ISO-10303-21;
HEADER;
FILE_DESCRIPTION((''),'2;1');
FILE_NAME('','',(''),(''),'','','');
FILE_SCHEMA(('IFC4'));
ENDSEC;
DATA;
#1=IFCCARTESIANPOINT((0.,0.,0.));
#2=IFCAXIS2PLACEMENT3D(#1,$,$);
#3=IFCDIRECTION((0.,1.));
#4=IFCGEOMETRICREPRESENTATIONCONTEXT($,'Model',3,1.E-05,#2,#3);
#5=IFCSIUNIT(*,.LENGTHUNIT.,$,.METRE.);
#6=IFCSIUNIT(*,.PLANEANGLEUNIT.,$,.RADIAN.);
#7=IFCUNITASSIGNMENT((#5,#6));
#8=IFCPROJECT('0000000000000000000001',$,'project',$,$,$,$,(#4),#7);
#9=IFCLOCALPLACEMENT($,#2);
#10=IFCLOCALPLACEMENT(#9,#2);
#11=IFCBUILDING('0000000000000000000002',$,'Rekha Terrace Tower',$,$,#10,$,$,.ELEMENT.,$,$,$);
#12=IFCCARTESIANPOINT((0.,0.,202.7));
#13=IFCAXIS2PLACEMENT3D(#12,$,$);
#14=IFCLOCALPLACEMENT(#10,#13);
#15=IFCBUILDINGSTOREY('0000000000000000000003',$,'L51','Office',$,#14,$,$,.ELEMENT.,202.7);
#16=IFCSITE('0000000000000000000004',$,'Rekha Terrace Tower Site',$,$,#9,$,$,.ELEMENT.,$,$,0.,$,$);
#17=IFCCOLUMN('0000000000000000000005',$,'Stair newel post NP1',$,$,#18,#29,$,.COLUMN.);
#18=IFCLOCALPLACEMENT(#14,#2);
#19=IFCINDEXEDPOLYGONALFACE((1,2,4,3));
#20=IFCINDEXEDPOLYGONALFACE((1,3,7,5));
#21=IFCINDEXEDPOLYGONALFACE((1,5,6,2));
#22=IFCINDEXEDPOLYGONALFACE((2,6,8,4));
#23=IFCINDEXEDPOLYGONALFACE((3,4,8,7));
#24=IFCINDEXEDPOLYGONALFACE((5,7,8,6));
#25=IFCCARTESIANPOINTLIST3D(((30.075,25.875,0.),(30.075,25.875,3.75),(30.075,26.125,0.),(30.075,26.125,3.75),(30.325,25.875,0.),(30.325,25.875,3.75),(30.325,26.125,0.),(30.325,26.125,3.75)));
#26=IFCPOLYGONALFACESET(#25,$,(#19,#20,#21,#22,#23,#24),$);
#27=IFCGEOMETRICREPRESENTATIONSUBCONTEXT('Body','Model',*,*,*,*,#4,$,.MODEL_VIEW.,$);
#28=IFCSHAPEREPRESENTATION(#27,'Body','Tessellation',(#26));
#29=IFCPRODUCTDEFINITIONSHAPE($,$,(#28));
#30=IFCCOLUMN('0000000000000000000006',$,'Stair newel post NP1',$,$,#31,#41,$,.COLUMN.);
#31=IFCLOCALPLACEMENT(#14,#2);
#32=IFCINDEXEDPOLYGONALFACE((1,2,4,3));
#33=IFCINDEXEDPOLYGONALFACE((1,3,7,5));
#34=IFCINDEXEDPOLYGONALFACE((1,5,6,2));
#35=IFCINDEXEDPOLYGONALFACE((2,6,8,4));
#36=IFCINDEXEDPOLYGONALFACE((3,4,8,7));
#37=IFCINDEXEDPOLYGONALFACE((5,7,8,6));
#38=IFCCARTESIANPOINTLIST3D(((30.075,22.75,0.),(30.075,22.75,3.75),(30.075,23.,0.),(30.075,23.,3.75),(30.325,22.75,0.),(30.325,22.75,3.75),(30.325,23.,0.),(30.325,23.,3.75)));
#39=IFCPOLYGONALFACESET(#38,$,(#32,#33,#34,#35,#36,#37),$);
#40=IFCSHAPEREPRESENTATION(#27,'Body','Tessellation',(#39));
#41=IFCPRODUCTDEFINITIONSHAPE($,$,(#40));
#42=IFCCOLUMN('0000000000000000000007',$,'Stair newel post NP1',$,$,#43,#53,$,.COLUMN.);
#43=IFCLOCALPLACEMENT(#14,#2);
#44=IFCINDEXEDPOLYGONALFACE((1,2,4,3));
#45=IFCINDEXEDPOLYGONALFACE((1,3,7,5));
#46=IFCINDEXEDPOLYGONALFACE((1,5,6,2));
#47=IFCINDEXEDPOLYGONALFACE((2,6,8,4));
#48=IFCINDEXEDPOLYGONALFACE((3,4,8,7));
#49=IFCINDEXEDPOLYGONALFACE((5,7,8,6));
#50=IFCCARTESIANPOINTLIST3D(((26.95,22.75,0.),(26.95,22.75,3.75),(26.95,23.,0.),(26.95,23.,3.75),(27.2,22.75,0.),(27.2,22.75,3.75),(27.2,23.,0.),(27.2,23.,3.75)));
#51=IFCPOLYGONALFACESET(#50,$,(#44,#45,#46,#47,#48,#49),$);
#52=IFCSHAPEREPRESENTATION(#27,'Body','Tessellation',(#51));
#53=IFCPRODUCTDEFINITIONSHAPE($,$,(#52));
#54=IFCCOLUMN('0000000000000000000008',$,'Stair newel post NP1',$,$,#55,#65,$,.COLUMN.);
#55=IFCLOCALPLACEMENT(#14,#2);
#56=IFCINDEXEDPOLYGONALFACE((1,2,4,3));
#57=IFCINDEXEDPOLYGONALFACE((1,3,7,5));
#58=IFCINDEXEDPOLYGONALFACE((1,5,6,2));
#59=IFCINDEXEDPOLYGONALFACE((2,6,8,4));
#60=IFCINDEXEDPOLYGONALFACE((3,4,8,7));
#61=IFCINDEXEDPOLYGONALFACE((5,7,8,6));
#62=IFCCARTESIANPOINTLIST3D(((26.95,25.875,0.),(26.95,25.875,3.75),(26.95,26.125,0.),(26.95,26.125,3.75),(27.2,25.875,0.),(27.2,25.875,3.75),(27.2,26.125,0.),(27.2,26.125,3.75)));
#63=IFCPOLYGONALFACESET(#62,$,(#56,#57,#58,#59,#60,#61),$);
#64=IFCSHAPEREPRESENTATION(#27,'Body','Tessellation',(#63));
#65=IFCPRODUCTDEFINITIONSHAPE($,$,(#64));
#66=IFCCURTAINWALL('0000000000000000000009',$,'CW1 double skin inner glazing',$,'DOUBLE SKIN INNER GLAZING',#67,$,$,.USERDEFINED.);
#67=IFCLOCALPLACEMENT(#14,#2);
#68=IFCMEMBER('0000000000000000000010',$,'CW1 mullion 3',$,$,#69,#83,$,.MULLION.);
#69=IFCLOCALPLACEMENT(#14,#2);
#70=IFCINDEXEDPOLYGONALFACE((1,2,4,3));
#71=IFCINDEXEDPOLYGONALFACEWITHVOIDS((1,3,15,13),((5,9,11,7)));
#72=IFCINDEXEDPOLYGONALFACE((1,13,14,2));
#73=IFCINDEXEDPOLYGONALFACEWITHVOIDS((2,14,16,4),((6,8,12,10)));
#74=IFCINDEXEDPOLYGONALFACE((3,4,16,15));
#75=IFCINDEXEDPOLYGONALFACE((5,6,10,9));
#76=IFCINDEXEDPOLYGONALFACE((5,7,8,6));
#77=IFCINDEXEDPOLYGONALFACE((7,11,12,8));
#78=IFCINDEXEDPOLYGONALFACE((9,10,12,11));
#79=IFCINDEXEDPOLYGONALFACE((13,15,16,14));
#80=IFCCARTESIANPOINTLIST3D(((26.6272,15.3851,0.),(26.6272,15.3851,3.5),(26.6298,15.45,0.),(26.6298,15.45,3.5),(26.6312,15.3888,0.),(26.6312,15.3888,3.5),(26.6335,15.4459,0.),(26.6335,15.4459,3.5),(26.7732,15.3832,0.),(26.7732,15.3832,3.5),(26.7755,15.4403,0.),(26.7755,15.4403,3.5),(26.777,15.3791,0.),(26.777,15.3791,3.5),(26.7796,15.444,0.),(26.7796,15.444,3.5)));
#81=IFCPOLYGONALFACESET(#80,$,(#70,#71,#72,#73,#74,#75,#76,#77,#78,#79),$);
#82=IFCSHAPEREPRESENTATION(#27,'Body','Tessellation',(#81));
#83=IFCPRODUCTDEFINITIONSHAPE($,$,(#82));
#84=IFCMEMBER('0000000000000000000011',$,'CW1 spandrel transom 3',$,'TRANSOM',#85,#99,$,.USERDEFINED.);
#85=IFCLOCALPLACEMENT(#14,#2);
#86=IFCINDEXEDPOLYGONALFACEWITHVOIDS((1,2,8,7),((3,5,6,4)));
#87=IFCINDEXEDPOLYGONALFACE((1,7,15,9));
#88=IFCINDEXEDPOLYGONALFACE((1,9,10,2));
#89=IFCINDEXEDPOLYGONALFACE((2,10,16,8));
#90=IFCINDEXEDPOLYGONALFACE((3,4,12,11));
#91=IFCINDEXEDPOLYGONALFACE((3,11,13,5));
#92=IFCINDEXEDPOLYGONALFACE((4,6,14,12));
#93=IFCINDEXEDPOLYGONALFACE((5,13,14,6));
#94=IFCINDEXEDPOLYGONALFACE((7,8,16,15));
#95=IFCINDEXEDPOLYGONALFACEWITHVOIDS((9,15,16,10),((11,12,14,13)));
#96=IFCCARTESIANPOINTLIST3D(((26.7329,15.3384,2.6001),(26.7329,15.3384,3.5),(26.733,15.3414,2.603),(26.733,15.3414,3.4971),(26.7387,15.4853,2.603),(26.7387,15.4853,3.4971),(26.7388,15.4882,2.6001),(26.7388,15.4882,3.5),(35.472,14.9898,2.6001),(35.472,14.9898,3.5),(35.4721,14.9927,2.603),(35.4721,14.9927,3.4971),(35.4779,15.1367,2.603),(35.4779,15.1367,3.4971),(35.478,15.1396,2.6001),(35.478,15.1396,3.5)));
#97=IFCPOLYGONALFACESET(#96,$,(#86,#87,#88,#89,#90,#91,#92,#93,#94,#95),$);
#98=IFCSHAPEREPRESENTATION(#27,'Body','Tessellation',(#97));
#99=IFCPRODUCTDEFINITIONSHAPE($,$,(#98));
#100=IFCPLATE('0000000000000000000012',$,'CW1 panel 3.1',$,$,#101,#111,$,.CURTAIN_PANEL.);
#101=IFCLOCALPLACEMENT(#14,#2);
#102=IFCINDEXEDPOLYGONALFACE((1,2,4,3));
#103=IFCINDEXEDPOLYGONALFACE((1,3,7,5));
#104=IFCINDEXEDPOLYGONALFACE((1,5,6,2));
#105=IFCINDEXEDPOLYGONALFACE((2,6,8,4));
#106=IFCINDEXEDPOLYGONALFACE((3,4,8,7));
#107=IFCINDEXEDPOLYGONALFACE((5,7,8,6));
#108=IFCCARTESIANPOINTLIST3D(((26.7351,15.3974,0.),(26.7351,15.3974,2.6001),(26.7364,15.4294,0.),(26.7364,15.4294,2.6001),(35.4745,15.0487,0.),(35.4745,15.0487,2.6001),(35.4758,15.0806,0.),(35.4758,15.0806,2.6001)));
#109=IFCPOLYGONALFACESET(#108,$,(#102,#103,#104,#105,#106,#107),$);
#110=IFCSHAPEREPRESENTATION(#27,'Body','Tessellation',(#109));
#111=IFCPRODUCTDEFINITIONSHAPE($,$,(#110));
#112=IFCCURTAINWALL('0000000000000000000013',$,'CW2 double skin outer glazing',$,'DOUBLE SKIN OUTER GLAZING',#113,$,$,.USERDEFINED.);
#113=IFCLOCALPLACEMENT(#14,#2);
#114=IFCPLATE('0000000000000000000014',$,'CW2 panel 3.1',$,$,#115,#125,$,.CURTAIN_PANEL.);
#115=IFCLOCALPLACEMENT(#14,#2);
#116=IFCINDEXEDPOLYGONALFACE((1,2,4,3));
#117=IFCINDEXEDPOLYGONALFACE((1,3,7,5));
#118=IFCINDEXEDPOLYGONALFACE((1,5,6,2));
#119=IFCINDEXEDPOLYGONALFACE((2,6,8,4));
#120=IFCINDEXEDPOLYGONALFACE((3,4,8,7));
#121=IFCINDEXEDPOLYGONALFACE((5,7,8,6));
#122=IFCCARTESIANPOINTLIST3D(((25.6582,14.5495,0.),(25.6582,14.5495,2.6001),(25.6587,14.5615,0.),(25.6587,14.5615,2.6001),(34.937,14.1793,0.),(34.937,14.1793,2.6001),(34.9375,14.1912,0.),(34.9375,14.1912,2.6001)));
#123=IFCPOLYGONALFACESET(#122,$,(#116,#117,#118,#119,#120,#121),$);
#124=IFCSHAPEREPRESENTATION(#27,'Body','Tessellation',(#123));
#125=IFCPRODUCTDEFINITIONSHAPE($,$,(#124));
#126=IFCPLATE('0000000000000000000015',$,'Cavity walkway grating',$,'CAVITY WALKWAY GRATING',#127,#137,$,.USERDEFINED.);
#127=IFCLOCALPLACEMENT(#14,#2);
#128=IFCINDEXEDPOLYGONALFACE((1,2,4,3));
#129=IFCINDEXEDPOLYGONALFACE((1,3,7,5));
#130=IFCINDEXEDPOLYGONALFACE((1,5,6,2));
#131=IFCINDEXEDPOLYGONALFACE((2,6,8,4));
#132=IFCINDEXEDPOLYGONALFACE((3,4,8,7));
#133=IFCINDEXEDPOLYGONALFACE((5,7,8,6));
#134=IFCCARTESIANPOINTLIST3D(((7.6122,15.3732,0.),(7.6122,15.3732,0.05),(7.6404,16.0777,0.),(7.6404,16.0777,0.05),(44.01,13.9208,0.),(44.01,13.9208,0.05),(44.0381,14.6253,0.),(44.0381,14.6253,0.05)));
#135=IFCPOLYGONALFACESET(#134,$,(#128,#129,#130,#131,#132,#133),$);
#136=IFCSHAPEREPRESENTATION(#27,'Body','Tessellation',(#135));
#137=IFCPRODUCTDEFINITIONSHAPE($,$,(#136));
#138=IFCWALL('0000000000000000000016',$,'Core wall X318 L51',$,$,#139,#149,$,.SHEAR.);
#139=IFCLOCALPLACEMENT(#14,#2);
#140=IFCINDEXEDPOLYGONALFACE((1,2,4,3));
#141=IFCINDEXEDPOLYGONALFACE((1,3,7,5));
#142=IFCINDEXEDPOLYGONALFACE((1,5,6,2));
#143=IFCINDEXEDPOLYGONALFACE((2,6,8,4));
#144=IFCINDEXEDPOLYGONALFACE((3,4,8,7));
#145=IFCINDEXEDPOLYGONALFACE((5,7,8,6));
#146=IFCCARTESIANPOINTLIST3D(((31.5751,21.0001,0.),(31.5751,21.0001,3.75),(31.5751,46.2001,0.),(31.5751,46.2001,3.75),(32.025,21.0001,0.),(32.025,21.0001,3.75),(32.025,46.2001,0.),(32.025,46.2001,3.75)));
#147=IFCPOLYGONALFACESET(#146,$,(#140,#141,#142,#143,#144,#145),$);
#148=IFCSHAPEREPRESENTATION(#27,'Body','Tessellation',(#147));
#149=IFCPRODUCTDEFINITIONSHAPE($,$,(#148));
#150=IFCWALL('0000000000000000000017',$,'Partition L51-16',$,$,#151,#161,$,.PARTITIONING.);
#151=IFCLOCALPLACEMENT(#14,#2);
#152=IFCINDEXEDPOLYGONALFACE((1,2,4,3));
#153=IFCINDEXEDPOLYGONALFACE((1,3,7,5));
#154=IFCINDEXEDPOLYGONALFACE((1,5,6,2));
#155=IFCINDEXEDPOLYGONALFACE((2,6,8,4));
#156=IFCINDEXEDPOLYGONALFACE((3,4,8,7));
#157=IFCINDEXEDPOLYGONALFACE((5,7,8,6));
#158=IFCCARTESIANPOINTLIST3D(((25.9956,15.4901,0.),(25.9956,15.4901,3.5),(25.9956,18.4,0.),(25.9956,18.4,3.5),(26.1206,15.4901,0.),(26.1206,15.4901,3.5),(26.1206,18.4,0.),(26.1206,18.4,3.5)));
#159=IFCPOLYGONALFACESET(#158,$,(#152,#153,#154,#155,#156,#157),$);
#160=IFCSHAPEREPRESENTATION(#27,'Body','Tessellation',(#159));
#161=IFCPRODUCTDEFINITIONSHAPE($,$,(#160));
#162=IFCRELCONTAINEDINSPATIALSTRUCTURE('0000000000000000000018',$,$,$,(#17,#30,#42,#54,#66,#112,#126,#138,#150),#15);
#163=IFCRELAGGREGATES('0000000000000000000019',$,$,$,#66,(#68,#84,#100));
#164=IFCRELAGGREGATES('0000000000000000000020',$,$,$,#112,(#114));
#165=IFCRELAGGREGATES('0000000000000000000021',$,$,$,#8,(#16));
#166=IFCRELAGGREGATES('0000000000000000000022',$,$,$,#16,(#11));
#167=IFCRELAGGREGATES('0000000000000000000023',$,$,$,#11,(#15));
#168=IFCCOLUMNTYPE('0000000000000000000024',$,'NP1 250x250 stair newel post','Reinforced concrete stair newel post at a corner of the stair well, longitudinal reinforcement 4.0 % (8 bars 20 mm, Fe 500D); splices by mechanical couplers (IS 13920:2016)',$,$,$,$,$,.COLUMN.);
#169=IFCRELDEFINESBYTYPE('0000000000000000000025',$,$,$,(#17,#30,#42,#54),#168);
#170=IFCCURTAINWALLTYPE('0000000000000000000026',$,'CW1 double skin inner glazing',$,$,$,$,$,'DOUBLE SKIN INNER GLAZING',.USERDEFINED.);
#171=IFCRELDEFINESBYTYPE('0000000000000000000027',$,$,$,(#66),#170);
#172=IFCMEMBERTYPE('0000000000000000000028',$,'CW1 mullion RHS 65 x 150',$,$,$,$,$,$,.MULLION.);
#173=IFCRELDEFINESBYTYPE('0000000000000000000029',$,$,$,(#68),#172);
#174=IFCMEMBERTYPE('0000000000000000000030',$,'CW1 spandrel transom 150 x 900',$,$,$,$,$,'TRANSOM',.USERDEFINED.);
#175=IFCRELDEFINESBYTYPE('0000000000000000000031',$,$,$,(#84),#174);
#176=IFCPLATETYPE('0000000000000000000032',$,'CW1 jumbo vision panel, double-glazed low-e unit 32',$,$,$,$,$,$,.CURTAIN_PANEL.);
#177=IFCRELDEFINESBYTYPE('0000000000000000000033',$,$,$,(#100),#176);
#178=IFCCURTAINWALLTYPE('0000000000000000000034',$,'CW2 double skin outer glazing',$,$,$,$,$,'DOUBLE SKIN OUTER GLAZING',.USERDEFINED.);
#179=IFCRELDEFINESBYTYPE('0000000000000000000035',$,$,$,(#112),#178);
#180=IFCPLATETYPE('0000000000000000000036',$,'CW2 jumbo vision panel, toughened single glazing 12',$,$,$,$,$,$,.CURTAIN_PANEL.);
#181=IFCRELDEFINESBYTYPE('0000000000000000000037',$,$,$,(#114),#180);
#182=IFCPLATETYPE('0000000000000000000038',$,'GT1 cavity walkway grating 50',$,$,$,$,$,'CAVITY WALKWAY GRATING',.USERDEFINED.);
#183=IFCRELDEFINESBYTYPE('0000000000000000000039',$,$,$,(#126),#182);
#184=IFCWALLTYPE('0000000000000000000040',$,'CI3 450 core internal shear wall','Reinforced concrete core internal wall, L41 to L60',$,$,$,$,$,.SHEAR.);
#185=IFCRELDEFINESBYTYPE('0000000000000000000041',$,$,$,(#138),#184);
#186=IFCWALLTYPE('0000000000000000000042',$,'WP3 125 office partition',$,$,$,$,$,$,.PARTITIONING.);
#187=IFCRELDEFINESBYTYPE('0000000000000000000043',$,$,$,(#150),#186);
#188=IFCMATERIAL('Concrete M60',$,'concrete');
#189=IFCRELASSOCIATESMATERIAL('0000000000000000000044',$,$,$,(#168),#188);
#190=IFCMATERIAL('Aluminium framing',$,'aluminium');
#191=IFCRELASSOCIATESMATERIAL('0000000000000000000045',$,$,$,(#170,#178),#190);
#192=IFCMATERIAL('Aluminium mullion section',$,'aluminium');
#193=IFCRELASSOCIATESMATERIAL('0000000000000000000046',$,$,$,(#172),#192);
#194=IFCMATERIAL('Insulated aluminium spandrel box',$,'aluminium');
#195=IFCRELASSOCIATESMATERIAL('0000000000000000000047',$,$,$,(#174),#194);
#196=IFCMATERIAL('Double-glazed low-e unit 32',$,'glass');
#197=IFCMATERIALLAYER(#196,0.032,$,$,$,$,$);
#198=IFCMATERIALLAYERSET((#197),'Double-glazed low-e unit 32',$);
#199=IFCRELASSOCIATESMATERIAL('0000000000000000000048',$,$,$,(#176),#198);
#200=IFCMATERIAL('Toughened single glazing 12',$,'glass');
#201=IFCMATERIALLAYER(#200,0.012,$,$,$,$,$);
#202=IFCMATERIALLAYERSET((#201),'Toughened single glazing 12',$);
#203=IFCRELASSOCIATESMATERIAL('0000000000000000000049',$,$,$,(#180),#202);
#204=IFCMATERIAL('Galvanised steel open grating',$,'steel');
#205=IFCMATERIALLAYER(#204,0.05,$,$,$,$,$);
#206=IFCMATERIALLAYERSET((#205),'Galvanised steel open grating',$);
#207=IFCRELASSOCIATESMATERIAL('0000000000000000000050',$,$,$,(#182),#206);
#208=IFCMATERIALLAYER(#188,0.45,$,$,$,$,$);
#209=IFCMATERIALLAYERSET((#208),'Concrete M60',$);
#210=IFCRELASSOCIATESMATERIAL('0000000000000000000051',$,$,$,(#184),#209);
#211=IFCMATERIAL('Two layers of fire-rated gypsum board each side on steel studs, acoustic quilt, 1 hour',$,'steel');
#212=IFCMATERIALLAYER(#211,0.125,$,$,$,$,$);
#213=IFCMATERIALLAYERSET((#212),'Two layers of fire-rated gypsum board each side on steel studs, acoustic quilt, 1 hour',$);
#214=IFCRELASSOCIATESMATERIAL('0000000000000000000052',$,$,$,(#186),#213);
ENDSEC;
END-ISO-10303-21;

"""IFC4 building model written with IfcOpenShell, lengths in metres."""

from ifc_helpers import new_model, si_unit, direction, frame, frame_2d, origin, origin_2d, place, context, subcontext, project, spatial, rectangle, hollow_rectangle, extrude, material, layer, layer_set, material_profile, profile_set, type_object, element, aggregate, save


model = new_model("IFC4")

# Units and contexts
model_context = context("Model", 3, precision=1e-05, world=origin(), true_north=direction((0.0, 1.0)))
body_context = subcontext(model_context, "Body", "Model", "MODEL_VIEW")
ifc_project = project(units=[si_unit("LENGTHUNIT", "METRE"), si_unit("PLANEANGLEUNIT", "RADIAN")], contexts=[model_context])

# Site, building, storey
site_placement = place(None, origin())
site = spatial("IfcSite", under=ifc_project, at=site_placement, Name="Rekha Terrace Tower Site", CompositionType="ELEMENT", RefElevation=0.0)
building_placement = place(site_placement, origin())
building = spatial("IfcBuilding", under=site, at=building_placement, Name="Rekha Terrace Tower", CompositionType="ELEMENT")
storey_placement = place(building_placement, frame((0.0, 0.0, 202.7)))
storey = spatial("IfcBuildingStorey", under=building, at=storey_placement, Name="L51", Description="Office", CompositionType="ELEMENT", Elevation=202.7)

# Columns
ifc_material_1 = material(Name="Concrete M60", Category="concrete")
ifc_material_profile_1 = material_profile(ifc_material_1, rectangle(XDim=0.25, YDim=0.25, at=origin_2d()), Name="RC 250x250")
ifc_profile_set_1 = profile_set([ifc_material_profile_1], Name="Concrete M60")
column_type = type_object("IfcColumnType", Name="NP1 250x250 stair newel post", Description="Reinforced concrete stair newel post at a corner of the stair well, longitudinal reinforcement 4.0 % (8 bars 20 mm, Fe 500D); splices by mechanical couplers (IS 13920:2016)", PredefinedType="COLUMN", material=ifc_profile_set_1)
for number, where, z_axis, x_axis, name in (
    (1, (30.2, 26.0, 0.0), (0.0, 0.0, 1.0), (1.0, 0.0, 0.0), "Stair newel post NP1"),
    (2, (30.2, 22.875, 0.0), (0.0, 0.0, 1.0), (1.0, 0.0, 0.0), "Stair newel post NP1"),
    (3, (27.075, 22.875, 0.0), (0.0, 0.0, 1.0), (1.0, 0.0, 0.0), "Stair newel post NP1"),
    (4, (27.075, 26.0, 0.0), (0.0, 0.0, 1.0), (1.0, 0.0, 0.0), "Stair newel post NP1"),
):
    element("IfcColumn", number, at=place(storey_placement, frame(where, z_axis=z_axis, x_axis=x_axis)), inside=storey, type_object=column_type, Name=name, PredefinedType="COLUMN", context=body_context, shape_type="SweptSolid", body=[
        extrude(rectangle(XDim=0.25, YDim=0.25, at=origin_2d()), origin(), (0.0, 0.0, 1.0), 3.75),
    ])

# Curtain wall, members, plate
ifc_material_2 = material(Name="Aluminium framing", Category="aluminium")
curtain_wall_type_1 = type_object("IfcCurtainWallType", Name="CW1 double skin inner glazing", ElementType="DOUBLE SKIN INNER GLAZING", PredefinedType="USERDEFINED", material=ifc_material_2)
curtain_wall_1_placement = place(storey_placement, origin())
curtain_wall_1 = element("IfcCurtainWall", 5, at=curtain_wall_1_placement, inside=storey, type_object=curtain_wall_type_1, Name="CW1 double skin inner glazing", ObjectType="DOUBLE SKIN INNER GLAZING", PredefinedType="USERDEFINED")
ifc_material_3 = material(Name="Aluminium mullion section", Category="aluminium")
ifc_material_profile_2 = material_profile(ifc_material_3, hollow_rectangle(XDim=0.0649, YDim=0.1499, WallThickness=0.0039, at=origin_2d()), Name="AL RHS 65x150")
ifc_profile_set_2 = profile_set([ifc_material_profile_2], Name="Aluminium mullion section")
member_type_1 = type_object("IfcMemberType", Name="CW1 mullion RHS 65 x 150", PredefinedType="MULLION", material=ifc_profile_set_2)
member_1_placement = place(storey_placement, frame((26.7034, 15.4146, 0.0), z_axis=(0.0, 0.0, 1.0), x_axis=(0.039872, 0.999205, 0.0)))
member_1 = element("IfcMember", 6, at=member_1_placement, type_object=member_type_1, Name="CW1 mullion 3", PredefinedType="MULLION", context=body_context, shape_type="SweptSolid", body=[
    extrude(hollow_rectangle(XDim=0.0649, YDim=0.1499, WallThickness=0.0039, at=origin_2d()), origin(), (0.0, 0.0, 1.0), 3.5),
])
ifc_material_4 = material(Name="Insulated aluminium spandrel box", Category="aluminium")
ifc_material_profile_3 = material_profile(ifc_material_4, hollow_rectangle(XDim=0.1499, YDim=0.8999, WallThickness=0.0029, at=origin_2d()), Name="AL SPANDREL BOX 150x900")
ifc_profile_set_3 = profile_set([ifc_material_profile_3], Name="Insulated aluminium spandrel box")
member_type_2 = type_object("IfcMemberType", Name="CW1 spandrel transom 150 x 900", ElementType="TRANSOM", PredefinedType="USERDEFINED", material=ifc_profile_set_3)
member_2_placement = place(storey_placement, frame((26.7358, 15.4133, 3.05), z_axis=(0.999205, -0.039861, 0.0), x_axis=(0.039861, 0.999205, 0.0)))
member_2 = element("IfcMember", 7, at=member_2_placement, type_object=member_type_2, Name="CW1 spandrel transom 3", ObjectType="TRANSOM", PredefinedType="USERDEFINED", context=body_context, shape_type="SweptSolid", body=[
    extrude(hollow_rectangle(XDim=0.1499, YDim=0.8999, WallThickness=0.0029, at=origin_2d()), origin(), (0.0, 0.0, 1.0), 8.7461),
])
ifc_material_5 = material(Name="Double-glazed low-e unit 32", Category="glass")
ifc_layer_1 = layer(ifc_material_5, 0.032)
ifc_layer_set_1 = layer_set([ifc_layer_1], Name="Double-glazed low-e unit 32")
plate_type_1 = type_object("IfcPlateType", Name="CW1 jumbo vision panel, double-glazed low-e unit 32", PredefinedType="CURTAIN_PANEL", material=ifc_layer_set_1)
plate_1_placement = place(storey_placement, frame((31.1055, 15.239, 0.0), z_axis=(0.0, 0.0, 1.0), x_axis=(0.999205, -0.039872, 0.0)))
plate_1 = element("IfcPlate", 8, at=plate_1_placement, type_object=plate_type_1, Name="CW1 panel 3.1", PredefinedType="CURTAIN_PANEL", context=body_context, shape_type="SweptSolid", body=[
    extrude(rectangle(XDim=8.7463, YDim=0.032, at=origin_2d()), origin(), (0.0, 0.0, 1.0), 2.6001),
])
aggregate(curtain_wall_1, [member_1, member_2, plate_1])

# Curtain wall, plate
curtain_wall_type_2 = type_object("IfcCurtainWallType", Name="CW2 double skin outer glazing", ElementType="DOUBLE SKIN OUTER GLAZING", PredefinedType="USERDEFINED", material=ifc_material_2)
curtain_wall_2_placement = place(storey_placement, origin())
curtain_wall_2 = element("IfcCurtainWall", 9, at=curtain_wall_2_placement, inside=storey, type_object=curtain_wall_type_2, Name="CW2 double skin outer glazing", ObjectType="DOUBLE SKIN OUTER GLAZING", PredefinedType="USERDEFINED")
ifc_material_6 = material(Name="Toughened single glazing 12", Category="glass")
ifc_layer_2 = layer(ifc_material_6, 0.012)
ifc_layer_set_2 = layer_set([ifc_layer_2], Name="Toughened single glazing 12")
plate_type_2 = type_object("IfcPlateType", Name="CW2 jumbo vision panel, toughened single glazing 12", PredefinedType="CURTAIN_PANEL", material=ifc_layer_set_2)
plate_2_placement = place(storey_placement, frame((30.2979, 14.3704, 0.0), z_axis=(0.0, 0.0, 1.0), x_axis=(0.999205, -0.039872, 0.0)))
plate_2 = element("IfcPlate", 10, at=plate_2_placement, type_object=plate_type_2, Name="CW2 panel 3.1", PredefinedType="CURTAIN_PANEL", context=body_context, shape_type="SweptSolid", body=[
    extrude(rectangle(XDim=9.2861, YDim=0.012, at=origin_2d()), origin(), (0.0, 0.0, 1.0), 2.6001),
])
aggregate(curtain_wall_2, [plate_2])

# Plate
ifc_material_7 = material(Name="Galvanised steel open grating", Category="steel")
ifc_layer_3 = layer(ifc_material_7, 0.05)
ifc_layer_set_3 = layer_set([ifc_layer_3], Name="Galvanised steel open grating")
plate_type_3 = type_object("IfcPlateType", Name="GT1 cavity walkway grating 50", ElementType="CAVITY WALKWAY GRATING", PredefinedType="USERDEFINED", material=ifc_layer_set_3)
plate_3_placement = place(storey_placement, frame((25.8252, 14.9993, 0.0), z_axis=(0.0, 0.0, 1.0), x_axis=(0.999205, -0.039872, 0.0)))
element("IfcPlate", 11, at=plate_3_placement, inside=storey, type_object=plate_type_3, Name="Cavity walkway grating", ObjectType="CAVITY WALKWAY GRATING", PredefinedType="USERDEFINED", context=body_context, shape_type="SweptSolid", body=[
    extrude(rectangle(XDim=36.4268, YDim=0.7051, at=origin_2d()), origin(), (0.0, 0.0, 1.0), 0.05),
])

# Walls
ifc_layer_4 = layer(ifc_material_1, 0.45)
ifc_layer_set_4 = layer_set([ifc_layer_4], Name="Concrete M60")
wall_type_1 = type_object("IfcWallType", Name="CI3 450 core internal shear wall", Description="Reinforced concrete core internal wall, L41 to L60", PredefinedType="SHEAR", material=ifc_layer_set_4)
wall_1_placement = place(storey_placement, frame((31.8, 21.0, 0.0), z_axis=(0.0, 0.0, 1.0), x_axis=(0.0, 1.0, 0.0)))
element("IfcWall", 12, at=wall_1_placement, inside=storey, type_object=wall_type_1, Name="Core wall X318 L51", PredefinedType="SHEAR", context=body_context, shape_type="SweptSolid", body=[
    extrude(rectangle(XDim=25.2, YDim=0.45, at=frame_2d((12.6001, 0.0))), origin(), (0.0, 0.0, 1.0), 3.75),
])
ifc_material_8 = material(Name="Two layers of fire-rated gypsum board each side on steel studs, acoustic quilt, 1 hour", Category="steel")
ifc_layer_5 = layer(ifc_material_8, 0.125)
ifc_layer_set_5 = layer_set([ifc_layer_5], Name="Two layers of fire-rated gypsum board each side on steel studs, acoustic quilt, 1 hour")
wall_type_2 = type_object("IfcWallType", Name="WP3 125 office partition", PredefinedType="PARTITIONING", material=ifc_layer_set_5)
wall_2_placement = place(storey_placement, frame((26.0581, 15.49, 0.0), z_axis=(0.0, 0.0, 1.0), x_axis=(0.0, 1.0, 0.0)))
element("IfcWall", 13, at=wall_2_placement, inside=storey, type_object=wall_type_2, Name="Partition L51-16", PredefinedType="PARTITIONING", context=body_context, shape_type="SweptSolid", body=[
    extrude(rectangle(XDim=2.9099, YDim=0.125, at=frame_2d((1.4551, 0.0))), origin(), (0.0, 0.0, 1.0), 3.5),
])

save(model, "model.ifc")
